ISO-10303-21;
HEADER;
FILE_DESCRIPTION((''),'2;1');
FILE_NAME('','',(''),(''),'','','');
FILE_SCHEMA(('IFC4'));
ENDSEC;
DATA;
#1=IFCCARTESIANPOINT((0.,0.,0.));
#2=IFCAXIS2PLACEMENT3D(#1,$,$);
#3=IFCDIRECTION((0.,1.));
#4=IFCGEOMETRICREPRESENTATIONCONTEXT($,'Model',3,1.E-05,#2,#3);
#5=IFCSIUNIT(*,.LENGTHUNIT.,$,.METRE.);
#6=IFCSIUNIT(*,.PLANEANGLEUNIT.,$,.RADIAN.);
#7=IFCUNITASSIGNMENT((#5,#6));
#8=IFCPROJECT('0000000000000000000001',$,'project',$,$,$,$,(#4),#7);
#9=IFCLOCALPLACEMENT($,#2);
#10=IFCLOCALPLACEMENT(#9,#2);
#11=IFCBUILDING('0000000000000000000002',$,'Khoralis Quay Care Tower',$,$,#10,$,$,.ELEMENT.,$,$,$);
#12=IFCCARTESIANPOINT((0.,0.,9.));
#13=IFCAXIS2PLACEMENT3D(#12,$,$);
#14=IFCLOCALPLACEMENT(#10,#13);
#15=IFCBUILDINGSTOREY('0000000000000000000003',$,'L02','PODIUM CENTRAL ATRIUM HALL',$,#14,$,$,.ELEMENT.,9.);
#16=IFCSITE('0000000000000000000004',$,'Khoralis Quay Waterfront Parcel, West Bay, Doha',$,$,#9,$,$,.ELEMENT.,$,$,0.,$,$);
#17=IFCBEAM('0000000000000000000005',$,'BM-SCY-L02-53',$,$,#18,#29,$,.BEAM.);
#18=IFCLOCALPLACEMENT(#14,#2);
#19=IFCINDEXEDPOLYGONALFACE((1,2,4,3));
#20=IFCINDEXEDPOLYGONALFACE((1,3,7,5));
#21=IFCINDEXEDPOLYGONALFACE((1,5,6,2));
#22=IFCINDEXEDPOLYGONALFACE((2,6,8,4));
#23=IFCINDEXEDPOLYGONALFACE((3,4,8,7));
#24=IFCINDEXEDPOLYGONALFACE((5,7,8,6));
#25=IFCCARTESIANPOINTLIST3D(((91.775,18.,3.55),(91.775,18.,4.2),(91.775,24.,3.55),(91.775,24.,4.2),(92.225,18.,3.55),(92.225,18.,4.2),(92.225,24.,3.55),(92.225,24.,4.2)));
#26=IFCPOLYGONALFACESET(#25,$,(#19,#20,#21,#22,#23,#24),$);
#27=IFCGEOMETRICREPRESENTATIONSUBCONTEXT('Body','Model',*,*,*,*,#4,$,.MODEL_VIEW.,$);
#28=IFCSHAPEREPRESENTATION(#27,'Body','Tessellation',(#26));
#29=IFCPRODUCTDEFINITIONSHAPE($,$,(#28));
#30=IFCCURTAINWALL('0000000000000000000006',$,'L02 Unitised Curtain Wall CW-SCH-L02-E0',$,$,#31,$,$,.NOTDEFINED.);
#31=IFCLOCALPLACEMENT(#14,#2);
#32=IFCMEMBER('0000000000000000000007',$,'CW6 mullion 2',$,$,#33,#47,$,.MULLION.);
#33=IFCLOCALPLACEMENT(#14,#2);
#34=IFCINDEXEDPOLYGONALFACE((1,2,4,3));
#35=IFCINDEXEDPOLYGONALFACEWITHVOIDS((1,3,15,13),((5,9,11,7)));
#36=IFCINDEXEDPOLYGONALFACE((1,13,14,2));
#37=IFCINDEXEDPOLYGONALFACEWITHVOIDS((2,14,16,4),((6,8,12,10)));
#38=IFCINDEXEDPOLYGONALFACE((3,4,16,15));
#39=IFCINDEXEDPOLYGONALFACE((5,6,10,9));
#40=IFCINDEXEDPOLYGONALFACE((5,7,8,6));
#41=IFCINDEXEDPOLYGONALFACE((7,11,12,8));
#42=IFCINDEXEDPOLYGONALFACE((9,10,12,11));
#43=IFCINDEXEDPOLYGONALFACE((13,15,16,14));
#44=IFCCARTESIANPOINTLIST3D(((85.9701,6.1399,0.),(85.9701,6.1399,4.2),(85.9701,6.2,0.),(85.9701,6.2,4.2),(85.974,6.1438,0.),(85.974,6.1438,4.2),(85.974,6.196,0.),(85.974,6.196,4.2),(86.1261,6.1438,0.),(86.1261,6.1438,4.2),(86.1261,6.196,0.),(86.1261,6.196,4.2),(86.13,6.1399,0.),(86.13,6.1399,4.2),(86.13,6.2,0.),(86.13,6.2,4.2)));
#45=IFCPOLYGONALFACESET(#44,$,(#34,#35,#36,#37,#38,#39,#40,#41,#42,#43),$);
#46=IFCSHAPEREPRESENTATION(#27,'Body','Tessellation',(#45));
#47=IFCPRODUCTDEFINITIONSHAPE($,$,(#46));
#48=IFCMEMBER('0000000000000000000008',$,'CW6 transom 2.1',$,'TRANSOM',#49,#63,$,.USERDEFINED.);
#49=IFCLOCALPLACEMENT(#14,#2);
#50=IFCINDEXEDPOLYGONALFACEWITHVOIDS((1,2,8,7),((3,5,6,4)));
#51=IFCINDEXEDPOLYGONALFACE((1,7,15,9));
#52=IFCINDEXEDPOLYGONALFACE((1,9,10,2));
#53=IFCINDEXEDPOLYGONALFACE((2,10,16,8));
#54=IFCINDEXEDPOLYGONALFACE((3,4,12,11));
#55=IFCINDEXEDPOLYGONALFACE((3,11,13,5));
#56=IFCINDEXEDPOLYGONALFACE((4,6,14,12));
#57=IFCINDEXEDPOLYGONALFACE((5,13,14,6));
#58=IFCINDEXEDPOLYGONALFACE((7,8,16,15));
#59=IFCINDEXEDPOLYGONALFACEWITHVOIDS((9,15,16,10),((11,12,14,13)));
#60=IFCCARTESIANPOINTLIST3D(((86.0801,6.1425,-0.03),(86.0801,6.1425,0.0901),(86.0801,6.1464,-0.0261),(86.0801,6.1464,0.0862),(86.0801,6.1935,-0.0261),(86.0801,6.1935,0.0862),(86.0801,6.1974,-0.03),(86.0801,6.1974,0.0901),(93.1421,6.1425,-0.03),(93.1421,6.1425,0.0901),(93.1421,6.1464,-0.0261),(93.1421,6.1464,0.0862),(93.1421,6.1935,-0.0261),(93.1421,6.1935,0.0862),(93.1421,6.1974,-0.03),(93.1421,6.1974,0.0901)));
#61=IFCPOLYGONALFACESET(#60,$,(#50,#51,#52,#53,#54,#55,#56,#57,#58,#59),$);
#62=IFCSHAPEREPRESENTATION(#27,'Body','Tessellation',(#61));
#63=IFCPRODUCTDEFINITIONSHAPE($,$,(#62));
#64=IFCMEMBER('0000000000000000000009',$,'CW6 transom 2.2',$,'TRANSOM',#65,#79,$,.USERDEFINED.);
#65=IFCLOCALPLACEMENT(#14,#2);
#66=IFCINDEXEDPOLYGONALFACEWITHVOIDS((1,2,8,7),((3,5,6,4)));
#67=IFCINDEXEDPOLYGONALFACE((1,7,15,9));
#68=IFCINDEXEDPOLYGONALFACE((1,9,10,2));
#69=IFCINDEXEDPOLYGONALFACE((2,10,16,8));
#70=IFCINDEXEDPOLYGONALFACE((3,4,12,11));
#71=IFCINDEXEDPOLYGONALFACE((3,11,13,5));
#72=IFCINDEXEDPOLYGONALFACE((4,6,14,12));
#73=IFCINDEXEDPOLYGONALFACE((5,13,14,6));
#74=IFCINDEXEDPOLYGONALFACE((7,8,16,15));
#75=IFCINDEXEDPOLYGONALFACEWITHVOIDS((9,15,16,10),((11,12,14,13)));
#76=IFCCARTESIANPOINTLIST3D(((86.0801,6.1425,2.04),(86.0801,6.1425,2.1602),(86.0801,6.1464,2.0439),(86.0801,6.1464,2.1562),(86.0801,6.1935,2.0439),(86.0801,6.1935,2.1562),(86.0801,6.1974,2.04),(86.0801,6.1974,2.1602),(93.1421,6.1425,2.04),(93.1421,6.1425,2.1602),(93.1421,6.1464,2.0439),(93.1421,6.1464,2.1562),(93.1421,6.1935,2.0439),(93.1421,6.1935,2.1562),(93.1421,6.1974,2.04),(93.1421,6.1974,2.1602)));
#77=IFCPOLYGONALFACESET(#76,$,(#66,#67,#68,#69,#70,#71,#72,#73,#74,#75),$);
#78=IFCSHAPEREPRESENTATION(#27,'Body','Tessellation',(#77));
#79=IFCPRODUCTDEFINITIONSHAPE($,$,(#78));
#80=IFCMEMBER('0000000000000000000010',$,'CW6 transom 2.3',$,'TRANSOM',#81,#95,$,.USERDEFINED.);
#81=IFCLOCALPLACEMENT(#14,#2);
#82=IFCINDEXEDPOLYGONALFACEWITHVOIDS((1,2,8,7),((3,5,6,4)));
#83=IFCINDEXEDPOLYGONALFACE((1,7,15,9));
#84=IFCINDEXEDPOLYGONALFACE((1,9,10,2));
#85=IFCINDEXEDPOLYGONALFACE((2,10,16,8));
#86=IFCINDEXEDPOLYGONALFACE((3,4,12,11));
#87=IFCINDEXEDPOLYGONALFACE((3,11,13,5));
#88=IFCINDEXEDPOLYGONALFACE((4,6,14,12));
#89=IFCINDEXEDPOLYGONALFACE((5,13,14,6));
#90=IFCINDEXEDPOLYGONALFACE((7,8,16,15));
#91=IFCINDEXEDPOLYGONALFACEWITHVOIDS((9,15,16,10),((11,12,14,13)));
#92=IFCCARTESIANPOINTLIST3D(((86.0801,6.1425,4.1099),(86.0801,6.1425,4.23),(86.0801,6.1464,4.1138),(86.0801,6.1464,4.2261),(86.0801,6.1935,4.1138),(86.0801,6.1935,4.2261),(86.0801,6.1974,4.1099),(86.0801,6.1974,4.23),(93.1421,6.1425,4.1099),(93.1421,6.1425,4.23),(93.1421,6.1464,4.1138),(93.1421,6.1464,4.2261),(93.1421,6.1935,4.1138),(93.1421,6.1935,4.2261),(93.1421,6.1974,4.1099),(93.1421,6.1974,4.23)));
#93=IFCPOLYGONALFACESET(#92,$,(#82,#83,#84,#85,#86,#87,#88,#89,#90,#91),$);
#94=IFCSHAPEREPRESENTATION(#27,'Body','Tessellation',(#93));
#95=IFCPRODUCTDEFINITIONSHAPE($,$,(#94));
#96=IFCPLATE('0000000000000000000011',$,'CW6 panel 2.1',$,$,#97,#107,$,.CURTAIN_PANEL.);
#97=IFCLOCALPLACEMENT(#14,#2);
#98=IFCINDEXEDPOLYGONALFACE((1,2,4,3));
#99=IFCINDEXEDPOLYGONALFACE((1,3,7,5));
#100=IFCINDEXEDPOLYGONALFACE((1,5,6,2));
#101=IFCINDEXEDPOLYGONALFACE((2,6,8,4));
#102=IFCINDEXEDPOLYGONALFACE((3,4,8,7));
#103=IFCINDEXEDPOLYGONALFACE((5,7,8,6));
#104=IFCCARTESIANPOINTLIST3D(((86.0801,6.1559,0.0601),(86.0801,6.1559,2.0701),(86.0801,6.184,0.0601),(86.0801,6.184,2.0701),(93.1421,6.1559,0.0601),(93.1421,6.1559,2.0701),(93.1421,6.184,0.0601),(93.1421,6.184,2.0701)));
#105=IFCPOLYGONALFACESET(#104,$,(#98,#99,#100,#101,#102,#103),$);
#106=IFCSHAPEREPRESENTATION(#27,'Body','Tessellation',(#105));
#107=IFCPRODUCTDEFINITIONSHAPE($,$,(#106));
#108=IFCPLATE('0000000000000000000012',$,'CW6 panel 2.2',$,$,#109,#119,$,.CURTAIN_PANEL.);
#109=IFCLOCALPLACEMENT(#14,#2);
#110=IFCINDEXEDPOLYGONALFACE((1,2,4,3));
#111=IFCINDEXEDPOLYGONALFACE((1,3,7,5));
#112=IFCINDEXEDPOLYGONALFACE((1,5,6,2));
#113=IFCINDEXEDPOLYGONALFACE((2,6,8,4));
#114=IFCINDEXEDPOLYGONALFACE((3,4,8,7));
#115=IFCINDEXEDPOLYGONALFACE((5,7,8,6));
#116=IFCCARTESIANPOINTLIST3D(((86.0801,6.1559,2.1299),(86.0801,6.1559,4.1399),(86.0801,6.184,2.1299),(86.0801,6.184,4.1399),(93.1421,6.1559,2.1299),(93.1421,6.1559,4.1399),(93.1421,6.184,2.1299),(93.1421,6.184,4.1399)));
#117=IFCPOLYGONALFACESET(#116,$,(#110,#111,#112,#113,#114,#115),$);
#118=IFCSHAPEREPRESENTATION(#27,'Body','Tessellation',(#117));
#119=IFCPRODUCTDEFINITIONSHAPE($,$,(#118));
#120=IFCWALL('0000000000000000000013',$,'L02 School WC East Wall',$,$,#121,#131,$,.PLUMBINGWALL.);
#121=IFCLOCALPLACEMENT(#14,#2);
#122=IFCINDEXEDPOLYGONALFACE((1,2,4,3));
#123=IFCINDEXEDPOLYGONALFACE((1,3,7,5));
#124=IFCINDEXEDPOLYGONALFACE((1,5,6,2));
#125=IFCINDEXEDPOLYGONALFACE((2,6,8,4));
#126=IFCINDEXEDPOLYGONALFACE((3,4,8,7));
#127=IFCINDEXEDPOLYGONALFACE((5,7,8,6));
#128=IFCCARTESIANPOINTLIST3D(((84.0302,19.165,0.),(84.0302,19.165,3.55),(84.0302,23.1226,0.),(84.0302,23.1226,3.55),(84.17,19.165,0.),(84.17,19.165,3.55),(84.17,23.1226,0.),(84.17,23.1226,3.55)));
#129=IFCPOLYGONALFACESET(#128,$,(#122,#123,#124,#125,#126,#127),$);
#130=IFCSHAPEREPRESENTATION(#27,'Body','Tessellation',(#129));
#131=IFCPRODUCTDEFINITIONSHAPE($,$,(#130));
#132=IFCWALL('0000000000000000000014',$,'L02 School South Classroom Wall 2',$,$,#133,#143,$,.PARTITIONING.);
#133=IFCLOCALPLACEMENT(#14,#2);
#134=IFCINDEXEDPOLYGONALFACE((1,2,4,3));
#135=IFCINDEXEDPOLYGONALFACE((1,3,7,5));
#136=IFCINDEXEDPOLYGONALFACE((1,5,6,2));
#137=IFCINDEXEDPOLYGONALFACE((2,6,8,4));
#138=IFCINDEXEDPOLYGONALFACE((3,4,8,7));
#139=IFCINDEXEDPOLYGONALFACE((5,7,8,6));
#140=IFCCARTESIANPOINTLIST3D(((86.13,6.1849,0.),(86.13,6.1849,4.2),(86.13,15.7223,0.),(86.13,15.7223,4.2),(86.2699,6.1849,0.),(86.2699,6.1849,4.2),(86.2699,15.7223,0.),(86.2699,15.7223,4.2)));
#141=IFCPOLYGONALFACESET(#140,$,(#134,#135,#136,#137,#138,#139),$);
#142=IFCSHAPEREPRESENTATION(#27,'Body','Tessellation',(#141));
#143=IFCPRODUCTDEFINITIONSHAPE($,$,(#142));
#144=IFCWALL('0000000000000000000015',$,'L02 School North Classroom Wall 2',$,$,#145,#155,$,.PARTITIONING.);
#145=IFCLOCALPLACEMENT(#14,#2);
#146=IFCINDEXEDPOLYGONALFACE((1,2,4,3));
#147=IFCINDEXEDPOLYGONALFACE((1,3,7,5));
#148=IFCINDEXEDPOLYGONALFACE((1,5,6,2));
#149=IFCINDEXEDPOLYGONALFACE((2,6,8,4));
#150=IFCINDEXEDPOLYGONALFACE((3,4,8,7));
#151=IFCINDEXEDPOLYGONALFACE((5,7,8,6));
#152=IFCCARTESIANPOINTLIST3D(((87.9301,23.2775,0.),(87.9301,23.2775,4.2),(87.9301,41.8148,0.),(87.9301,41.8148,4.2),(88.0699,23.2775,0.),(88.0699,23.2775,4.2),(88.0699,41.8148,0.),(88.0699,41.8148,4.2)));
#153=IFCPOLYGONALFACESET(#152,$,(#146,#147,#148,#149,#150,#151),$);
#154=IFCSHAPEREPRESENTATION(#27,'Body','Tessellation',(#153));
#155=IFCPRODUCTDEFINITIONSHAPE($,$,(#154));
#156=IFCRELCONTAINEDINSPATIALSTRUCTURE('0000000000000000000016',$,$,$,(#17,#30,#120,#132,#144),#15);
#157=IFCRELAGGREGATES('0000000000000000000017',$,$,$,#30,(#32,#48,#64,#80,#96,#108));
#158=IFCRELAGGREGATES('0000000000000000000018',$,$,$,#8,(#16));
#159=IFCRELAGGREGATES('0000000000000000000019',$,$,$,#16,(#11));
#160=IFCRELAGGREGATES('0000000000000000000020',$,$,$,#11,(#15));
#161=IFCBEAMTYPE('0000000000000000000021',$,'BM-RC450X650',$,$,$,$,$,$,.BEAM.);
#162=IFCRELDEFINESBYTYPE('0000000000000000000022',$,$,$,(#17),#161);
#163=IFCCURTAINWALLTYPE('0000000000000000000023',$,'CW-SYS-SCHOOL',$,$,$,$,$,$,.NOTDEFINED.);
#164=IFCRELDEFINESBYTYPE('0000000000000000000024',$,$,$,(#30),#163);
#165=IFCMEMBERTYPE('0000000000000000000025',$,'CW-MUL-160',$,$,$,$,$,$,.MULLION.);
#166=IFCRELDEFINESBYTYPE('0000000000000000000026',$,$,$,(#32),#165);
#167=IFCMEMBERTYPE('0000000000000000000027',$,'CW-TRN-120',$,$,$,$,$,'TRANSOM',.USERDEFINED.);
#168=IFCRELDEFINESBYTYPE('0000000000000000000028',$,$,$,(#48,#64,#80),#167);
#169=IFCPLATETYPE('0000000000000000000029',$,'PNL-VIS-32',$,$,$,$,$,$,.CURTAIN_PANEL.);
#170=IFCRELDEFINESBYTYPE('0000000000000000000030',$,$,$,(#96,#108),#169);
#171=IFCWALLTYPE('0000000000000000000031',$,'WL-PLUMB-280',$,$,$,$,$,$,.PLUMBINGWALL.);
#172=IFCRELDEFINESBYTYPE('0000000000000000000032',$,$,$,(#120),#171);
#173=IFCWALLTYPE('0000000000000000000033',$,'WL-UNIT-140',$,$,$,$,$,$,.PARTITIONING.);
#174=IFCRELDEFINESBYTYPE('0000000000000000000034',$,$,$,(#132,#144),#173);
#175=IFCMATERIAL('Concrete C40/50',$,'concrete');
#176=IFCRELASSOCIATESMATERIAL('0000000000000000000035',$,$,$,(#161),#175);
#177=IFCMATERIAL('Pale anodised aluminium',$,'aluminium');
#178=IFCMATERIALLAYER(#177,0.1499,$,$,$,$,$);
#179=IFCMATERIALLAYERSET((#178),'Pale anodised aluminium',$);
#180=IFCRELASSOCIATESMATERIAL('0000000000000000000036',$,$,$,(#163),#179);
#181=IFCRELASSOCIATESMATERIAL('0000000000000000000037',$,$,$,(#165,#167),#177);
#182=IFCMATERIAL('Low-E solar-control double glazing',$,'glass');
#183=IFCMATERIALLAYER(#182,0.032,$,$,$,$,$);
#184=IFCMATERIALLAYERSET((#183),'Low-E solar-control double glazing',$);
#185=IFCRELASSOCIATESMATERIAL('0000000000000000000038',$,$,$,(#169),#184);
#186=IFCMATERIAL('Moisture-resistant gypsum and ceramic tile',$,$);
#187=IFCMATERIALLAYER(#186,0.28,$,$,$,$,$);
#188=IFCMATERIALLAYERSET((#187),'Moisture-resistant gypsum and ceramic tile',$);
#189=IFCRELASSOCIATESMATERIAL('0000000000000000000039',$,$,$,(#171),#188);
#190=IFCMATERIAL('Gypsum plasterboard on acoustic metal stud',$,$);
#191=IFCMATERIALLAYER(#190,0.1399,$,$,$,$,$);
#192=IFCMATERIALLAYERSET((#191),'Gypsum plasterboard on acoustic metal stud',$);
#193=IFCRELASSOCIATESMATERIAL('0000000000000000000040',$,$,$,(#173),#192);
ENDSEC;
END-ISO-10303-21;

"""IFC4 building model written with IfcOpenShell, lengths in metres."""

from ifc_helpers import new_model, si_unit, direction, frame, frame_2d, origin, origin_2d, place, context, subcontext, project, spatial, rectangle, hollow_rectangle, extrude, source, transform, mapped, material, layer, layer_set, material_profile, profile_set, type_object, element, aggregate, save


model = new_model("IFC4")

# Units and contexts
model_context = context("Model", 3, precision=1e-05, world=origin(), true_north=direction((0.0, 1.0)))
body_context = subcontext(model_context, "Body", "Model", "MODEL_VIEW")
ifc_project = project(units=[si_unit("LENGTHUNIT", "METRE"), si_unit("PLANEANGLEUNIT", "RADIAN")], contexts=[model_context])

# Site, building, storey
site_placement = place(None, origin())
site = spatial("IfcSite", under=ifc_project, at=site_placement, Name="Khoralis Quay Waterfront Parcel, West Bay, Doha", CompositionType="ELEMENT", RefElevation=0.0)
building_placement = place(site_placement, origin())
building = spatial("IfcBuilding", under=site, at=building_placement, Name="Khoralis Quay Care Tower", CompositionType="ELEMENT")
storey_placement = place(building_placement, frame((0.0, 0.0, 9.0)))
storey = spatial("IfcBuildingStorey", under=building, at=storey_placement, Name="L02", Description="PODIUM CENTRAL ATRIUM HALL", CompositionType="ELEMENT", Elevation=9.0)

# Shared definitions
ifc_material_1 = material(Name="Concrete C40/50", Category="concrete")

# Beam
ifc_material_profile_1 = material_profile(ifc_material_1, rectangle(XDim=0.45, YDim=0.6499, at=origin_2d()), Name="Concrete C40/50")
ifc_profile_set_1 = profile_set([ifc_material_profile_1], Name="Concrete C40/50")
beam_type = type_object("IfcBeamType", Name="BM-RC450X650", PredefinedType="BEAM", material=ifc_profile_set_1)
shared_shape_1 = source(origin(), body_context, "Body", "SweptSolid", [
    extrude(rectangle(XDim=0.45, YDim=0.6499, at=origin_2d()), origin(), (0.0, 0.0, 1.0), 6.0),
])
for number, where, z_axis, x_axis, name in (
    (1, (92.0, 18.0, 3.875), (0.0, 1.0, 0.0), (-1.0, 0.0, 0.0), "BM-SCY-L02-53"),
):
    element("IfcBeam", number, at=place(storey_placement, frame(where, z_axis=z_axis, x_axis=x_axis)), inside=storey, type_object=beam_type, Name=name, PredefinedType="BEAM", context=body_context, shape_type="MappedRepresentation", body=[
        mapped(shared_shape_1, transform((0.0, 0.0, 0.0), scale=1.0)),
    ])

# Curtain wall, members, plates
ifc_material_2 = material(Name="Pale anodised aluminium", Category="aluminium")
ifc_layer_1 = layer(ifc_material_2, 0.1499)
ifc_layer_set_1 = layer_set([ifc_layer_1], Name="Pale anodised aluminium")
curtain_wall_type = type_object("IfcCurtainWallType", Name="CW-SYS-SCHOOL", PredefinedType="NOTDEFINED", material=ifc_layer_set_1)
curtain_wall_placement = place(storey_placement, origin())
curtain_wall = element("IfcCurtainWall", 2, at=curtain_wall_placement, inside=storey, type_object=curtain_wall_type, Name="L02 Unitised Curtain Wall CW-SCH-L02-E0", PredefinedType="NOTDEFINED")
ifc_material_profile_2 = material_profile(ifc_material_2, hollow_rectangle(XDim=0.0601, YDim=0.1599, WallThickness=0.0039, at=origin_2d()), Name="Pale anodised aluminium")
ifc_profile_set_2 = profile_set([ifc_material_profile_2], Name="Pale anodised aluminium")
member_type_1 = type_object("IfcMemberType", Name="CW-MUL-160", PredefinedType="MULLION", material=ifc_profile_set_2)
shared_shape_2 = source(origin(), body_context, "Body", "SweptSolid", [
    extrude(hollow_rectangle(XDim=0.0601, YDim=0.1599, WallThickness=0.0039, at=origin_2d()), origin(), (0.0, 0.0, 1.0), 4.2),
])
member_1_placement = place(storey_placement, frame((86.05, 6.1699, 0.0), z_axis=(0.0, 0.0, 1.0), x_axis=(0.0, 1.0, 0.0)))
member_1 = element("IfcMember", 3, at=member_1_placement, type_object=member_type_1, Name="CW6 mullion 2", PredefinedType="MULLION", context=body_context, shape_type="MappedRepresentation", body=[
    mapped(shared_shape_2, transform((0.0, 0.0, 0.0), scale=1.0)),
])
ifc_material_profile_3 = material_profile(ifc_material_2, hollow_rectangle(XDim=0.0549, YDim=0.1201, WallThickness=0.0039, at=origin_2d()), Name="Pale anodised aluminium")
ifc_profile_set_3 = profile_set([ifc_material_profile_3], Name="Pale anodised aluminium")
member_type_2 = type_object("IfcMemberType", Name="CW-TRN-120", ElementType="TRANSOM", PredefinedType="USERDEFINED", material=ifc_profile_set_3)
shared_shape_3 = source(origin(), body_context, "Body", "SweptSolid", [
    extrude(hollow_rectangle(XDim=0.0549, YDim=0.1201, WallThickness=0.0039, at=origin_2d()), origin(), (0.0, 0.0, 1.0), 7.062),
])
member_2_placement = place(storey_placement, frame((86.0801, 6.1699, 0.03), z_axis=(1.0, 0.0, 0.0), x_axis=(0.0, 1.0, 0.0)))
member_2 = element("IfcMember", 4, at=member_2_placement, type_object=member_type_2, Name="CW6 transom 2.1", ObjectType="TRANSOM", PredefinedType="USERDEFINED", context=body_context, shape_type="MappedRepresentation", body=[
    mapped(shared_shape_3, transform((0.0, 0.0, 0.0), scale=1.0)),
])
member_3_placement = place(storey_placement, frame((86.0801, 6.1699, 2.1001), z_axis=(1.0, 0.0, 0.0), x_axis=(0.0, 1.0, 0.0)))
member_3 = element("IfcMember", 5, at=member_3_placement, type_object=member_type_2, Name="CW6 transom 2.2", ObjectType="TRANSOM", PredefinedType="USERDEFINED", context=body_context, shape_type="MappedRepresentation", body=[
    mapped(shared_shape_3, transform((0.0, 0.0, 0.0), scale=1.0)),
])
member_4_placement = place(storey_placement, frame((86.0801, 6.1699, 4.1699), z_axis=(1.0, 0.0, 0.0), x_axis=(0.0, 1.0, 0.0)))
member_4 = element("IfcMember", 6, at=member_4_placement, type_object=member_type_2, Name="CW6 transom 2.3", ObjectType="TRANSOM", PredefinedType="USERDEFINED", context=body_context, shape_type="MappedRepresentation", body=[
    mapped(shared_shape_3, transform((0.0, 0.0, 0.0), scale=1.0)),
])
ifc_material_3 = material(Name="Low-E solar-control double glazing", Category="glass")
ifc_layer_2 = layer(ifc_material_3, 0.032)
ifc_layer_set_2 = layer_set([ifc_layer_2], Name="Low-E solar-control double glazing")
plate_type = type_object("IfcPlateType", Name="PNL-VIS-32", PredefinedType="CURTAIN_PANEL", material=ifc_layer_set_2)
shared_shape_4 = source(origin(), body_context, "Body", "SweptSolid", [
    extrude(rectangle(XDim=7.062, YDim=0.0281, at=origin_2d()), origin(), (0.0, 0.0, 1.0), 2.01),
])
plate_1_placement = place(storey_placement, frame((89.6111, 6.1699, 0.0601), z_axis=(0.0, 0.0, 1.0), x_axis=(1.0, 0.0, 0.0)))
plate_1 = element("IfcPlate", 7, at=plate_1_placement, type_object=plate_type, Name="CW6 panel 2.1", PredefinedType="CURTAIN_PANEL", context=body_context, shape_type="MappedRepresentation", body=[
    mapped(shared_shape_4, transform((0.0, 0.0, 0.0), scale=1.0)),
])
plate_2_placement = place(storey_placement, frame((89.6111, 6.1699, 2.1299), z_axis=(0.0, 0.0, 1.0), x_axis=(1.0, 0.0, 0.0)))
plate_2 = element("IfcPlate", 8, at=plate_2_placement, type_object=plate_type, Name="CW6 panel 2.2", PredefinedType="CURTAIN_PANEL", context=body_context, shape_type="MappedRepresentation", body=[
    mapped(shared_shape_4, transform((0.0, 0.0, 0.0), scale=1.0)),
])
aggregate(curtain_wall, [member_1, member_2, member_3, member_4, plate_1, plate_2])

# Walls
ifc_material_4 = material(Name="Moisture-resistant gypsum and ceramic tile")
ifc_layer_3 = layer(ifc_material_4, 0.28)
ifc_layer_set_3 = layer_set([ifc_layer_3], Name="Moisture-resistant gypsum and ceramic tile")
wall_type_1 = type_object("IfcWallType", Name="WL-PLUMB-280", PredefinedType="PLUMBINGWALL", material=ifc_layer_set_3)
wall_1_placement = place(storey_placement, frame((84.1001, 19.165, 0.0), z_axis=(0.0, 0.0, 1.0), x_axis=(0.0, 1.0, 0.0)))
element("IfcWall", 9, at=wall_1_placement, inside=storey, type_object=wall_type_1, Name="L02 School WC East Wall", PredefinedType="PLUMBINGWALL", context=body_context, shape_type="SweptSolid", body=[
    extrude(rectangle(XDim=3.9575, YDim=0.1399, at=frame_2d((1.9788, 0.0))), origin(), (0.0, 0.0, 1.0), 3.55),
])
ifc_material_5 = material(Name="Gypsum plasterboard on acoustic metal stud")
ifc_layer_4 = layer(ifc_material_5, 0.1399)
ifc_layer_set_4 = layer_set([ifc_layer_4], Name="Gypsum plasterboard on acoustic metal stud")
wall_type_2 = type_object("IfcWallType", Name="WL-UNIT-140", PredefinedType="PARTITIONING", material=ifc_layer_set_4)
wall_2_placement = place(storey_placement, frame((86.2, 6.1851, 0.0), z_axis=(0.0, 0.0, 1.0), x_axis=(0.0, 1.0, 0.0)))
element("IfcWall", 10, at=wall_2_placement, inside=storey, type_object=wall_type_2, Name="L02 School South Classroom Wall 2", PredefinedType="PARTITIONING", context=body_context, shape_type="SweptSolid", body=[
    extrude(rectangle(XDim=9.5374, YDim=0.1399, at=frame_2d((4.7686, 0.0))), origin(), (0.0, 0.0, 1.0), 4.2),
])
wall_3_placement = place(storey_placement, frame((88.0, 23.2776, 0.0), z_axis=(0.0, 0.0, 1.0), x_axis=(0.0, 1.0, 0.0)))
element("IfcWall", 11, at=wall_3_placement, inside=storey, type_object=wall_type_2, Name="L02 School North Classroom Wall 2", PredefinedType="PARTITIONING", context=body_context, shape_type="SweptSolid", body=[
    extrude(rectangle(XDim=18.5374, YDim=0.1399, at=frame_2d((9.2686, 0.0))), origin(), (0.0, 0.0, 1.0), 4.2),
])

save(model, "model.ifc")
